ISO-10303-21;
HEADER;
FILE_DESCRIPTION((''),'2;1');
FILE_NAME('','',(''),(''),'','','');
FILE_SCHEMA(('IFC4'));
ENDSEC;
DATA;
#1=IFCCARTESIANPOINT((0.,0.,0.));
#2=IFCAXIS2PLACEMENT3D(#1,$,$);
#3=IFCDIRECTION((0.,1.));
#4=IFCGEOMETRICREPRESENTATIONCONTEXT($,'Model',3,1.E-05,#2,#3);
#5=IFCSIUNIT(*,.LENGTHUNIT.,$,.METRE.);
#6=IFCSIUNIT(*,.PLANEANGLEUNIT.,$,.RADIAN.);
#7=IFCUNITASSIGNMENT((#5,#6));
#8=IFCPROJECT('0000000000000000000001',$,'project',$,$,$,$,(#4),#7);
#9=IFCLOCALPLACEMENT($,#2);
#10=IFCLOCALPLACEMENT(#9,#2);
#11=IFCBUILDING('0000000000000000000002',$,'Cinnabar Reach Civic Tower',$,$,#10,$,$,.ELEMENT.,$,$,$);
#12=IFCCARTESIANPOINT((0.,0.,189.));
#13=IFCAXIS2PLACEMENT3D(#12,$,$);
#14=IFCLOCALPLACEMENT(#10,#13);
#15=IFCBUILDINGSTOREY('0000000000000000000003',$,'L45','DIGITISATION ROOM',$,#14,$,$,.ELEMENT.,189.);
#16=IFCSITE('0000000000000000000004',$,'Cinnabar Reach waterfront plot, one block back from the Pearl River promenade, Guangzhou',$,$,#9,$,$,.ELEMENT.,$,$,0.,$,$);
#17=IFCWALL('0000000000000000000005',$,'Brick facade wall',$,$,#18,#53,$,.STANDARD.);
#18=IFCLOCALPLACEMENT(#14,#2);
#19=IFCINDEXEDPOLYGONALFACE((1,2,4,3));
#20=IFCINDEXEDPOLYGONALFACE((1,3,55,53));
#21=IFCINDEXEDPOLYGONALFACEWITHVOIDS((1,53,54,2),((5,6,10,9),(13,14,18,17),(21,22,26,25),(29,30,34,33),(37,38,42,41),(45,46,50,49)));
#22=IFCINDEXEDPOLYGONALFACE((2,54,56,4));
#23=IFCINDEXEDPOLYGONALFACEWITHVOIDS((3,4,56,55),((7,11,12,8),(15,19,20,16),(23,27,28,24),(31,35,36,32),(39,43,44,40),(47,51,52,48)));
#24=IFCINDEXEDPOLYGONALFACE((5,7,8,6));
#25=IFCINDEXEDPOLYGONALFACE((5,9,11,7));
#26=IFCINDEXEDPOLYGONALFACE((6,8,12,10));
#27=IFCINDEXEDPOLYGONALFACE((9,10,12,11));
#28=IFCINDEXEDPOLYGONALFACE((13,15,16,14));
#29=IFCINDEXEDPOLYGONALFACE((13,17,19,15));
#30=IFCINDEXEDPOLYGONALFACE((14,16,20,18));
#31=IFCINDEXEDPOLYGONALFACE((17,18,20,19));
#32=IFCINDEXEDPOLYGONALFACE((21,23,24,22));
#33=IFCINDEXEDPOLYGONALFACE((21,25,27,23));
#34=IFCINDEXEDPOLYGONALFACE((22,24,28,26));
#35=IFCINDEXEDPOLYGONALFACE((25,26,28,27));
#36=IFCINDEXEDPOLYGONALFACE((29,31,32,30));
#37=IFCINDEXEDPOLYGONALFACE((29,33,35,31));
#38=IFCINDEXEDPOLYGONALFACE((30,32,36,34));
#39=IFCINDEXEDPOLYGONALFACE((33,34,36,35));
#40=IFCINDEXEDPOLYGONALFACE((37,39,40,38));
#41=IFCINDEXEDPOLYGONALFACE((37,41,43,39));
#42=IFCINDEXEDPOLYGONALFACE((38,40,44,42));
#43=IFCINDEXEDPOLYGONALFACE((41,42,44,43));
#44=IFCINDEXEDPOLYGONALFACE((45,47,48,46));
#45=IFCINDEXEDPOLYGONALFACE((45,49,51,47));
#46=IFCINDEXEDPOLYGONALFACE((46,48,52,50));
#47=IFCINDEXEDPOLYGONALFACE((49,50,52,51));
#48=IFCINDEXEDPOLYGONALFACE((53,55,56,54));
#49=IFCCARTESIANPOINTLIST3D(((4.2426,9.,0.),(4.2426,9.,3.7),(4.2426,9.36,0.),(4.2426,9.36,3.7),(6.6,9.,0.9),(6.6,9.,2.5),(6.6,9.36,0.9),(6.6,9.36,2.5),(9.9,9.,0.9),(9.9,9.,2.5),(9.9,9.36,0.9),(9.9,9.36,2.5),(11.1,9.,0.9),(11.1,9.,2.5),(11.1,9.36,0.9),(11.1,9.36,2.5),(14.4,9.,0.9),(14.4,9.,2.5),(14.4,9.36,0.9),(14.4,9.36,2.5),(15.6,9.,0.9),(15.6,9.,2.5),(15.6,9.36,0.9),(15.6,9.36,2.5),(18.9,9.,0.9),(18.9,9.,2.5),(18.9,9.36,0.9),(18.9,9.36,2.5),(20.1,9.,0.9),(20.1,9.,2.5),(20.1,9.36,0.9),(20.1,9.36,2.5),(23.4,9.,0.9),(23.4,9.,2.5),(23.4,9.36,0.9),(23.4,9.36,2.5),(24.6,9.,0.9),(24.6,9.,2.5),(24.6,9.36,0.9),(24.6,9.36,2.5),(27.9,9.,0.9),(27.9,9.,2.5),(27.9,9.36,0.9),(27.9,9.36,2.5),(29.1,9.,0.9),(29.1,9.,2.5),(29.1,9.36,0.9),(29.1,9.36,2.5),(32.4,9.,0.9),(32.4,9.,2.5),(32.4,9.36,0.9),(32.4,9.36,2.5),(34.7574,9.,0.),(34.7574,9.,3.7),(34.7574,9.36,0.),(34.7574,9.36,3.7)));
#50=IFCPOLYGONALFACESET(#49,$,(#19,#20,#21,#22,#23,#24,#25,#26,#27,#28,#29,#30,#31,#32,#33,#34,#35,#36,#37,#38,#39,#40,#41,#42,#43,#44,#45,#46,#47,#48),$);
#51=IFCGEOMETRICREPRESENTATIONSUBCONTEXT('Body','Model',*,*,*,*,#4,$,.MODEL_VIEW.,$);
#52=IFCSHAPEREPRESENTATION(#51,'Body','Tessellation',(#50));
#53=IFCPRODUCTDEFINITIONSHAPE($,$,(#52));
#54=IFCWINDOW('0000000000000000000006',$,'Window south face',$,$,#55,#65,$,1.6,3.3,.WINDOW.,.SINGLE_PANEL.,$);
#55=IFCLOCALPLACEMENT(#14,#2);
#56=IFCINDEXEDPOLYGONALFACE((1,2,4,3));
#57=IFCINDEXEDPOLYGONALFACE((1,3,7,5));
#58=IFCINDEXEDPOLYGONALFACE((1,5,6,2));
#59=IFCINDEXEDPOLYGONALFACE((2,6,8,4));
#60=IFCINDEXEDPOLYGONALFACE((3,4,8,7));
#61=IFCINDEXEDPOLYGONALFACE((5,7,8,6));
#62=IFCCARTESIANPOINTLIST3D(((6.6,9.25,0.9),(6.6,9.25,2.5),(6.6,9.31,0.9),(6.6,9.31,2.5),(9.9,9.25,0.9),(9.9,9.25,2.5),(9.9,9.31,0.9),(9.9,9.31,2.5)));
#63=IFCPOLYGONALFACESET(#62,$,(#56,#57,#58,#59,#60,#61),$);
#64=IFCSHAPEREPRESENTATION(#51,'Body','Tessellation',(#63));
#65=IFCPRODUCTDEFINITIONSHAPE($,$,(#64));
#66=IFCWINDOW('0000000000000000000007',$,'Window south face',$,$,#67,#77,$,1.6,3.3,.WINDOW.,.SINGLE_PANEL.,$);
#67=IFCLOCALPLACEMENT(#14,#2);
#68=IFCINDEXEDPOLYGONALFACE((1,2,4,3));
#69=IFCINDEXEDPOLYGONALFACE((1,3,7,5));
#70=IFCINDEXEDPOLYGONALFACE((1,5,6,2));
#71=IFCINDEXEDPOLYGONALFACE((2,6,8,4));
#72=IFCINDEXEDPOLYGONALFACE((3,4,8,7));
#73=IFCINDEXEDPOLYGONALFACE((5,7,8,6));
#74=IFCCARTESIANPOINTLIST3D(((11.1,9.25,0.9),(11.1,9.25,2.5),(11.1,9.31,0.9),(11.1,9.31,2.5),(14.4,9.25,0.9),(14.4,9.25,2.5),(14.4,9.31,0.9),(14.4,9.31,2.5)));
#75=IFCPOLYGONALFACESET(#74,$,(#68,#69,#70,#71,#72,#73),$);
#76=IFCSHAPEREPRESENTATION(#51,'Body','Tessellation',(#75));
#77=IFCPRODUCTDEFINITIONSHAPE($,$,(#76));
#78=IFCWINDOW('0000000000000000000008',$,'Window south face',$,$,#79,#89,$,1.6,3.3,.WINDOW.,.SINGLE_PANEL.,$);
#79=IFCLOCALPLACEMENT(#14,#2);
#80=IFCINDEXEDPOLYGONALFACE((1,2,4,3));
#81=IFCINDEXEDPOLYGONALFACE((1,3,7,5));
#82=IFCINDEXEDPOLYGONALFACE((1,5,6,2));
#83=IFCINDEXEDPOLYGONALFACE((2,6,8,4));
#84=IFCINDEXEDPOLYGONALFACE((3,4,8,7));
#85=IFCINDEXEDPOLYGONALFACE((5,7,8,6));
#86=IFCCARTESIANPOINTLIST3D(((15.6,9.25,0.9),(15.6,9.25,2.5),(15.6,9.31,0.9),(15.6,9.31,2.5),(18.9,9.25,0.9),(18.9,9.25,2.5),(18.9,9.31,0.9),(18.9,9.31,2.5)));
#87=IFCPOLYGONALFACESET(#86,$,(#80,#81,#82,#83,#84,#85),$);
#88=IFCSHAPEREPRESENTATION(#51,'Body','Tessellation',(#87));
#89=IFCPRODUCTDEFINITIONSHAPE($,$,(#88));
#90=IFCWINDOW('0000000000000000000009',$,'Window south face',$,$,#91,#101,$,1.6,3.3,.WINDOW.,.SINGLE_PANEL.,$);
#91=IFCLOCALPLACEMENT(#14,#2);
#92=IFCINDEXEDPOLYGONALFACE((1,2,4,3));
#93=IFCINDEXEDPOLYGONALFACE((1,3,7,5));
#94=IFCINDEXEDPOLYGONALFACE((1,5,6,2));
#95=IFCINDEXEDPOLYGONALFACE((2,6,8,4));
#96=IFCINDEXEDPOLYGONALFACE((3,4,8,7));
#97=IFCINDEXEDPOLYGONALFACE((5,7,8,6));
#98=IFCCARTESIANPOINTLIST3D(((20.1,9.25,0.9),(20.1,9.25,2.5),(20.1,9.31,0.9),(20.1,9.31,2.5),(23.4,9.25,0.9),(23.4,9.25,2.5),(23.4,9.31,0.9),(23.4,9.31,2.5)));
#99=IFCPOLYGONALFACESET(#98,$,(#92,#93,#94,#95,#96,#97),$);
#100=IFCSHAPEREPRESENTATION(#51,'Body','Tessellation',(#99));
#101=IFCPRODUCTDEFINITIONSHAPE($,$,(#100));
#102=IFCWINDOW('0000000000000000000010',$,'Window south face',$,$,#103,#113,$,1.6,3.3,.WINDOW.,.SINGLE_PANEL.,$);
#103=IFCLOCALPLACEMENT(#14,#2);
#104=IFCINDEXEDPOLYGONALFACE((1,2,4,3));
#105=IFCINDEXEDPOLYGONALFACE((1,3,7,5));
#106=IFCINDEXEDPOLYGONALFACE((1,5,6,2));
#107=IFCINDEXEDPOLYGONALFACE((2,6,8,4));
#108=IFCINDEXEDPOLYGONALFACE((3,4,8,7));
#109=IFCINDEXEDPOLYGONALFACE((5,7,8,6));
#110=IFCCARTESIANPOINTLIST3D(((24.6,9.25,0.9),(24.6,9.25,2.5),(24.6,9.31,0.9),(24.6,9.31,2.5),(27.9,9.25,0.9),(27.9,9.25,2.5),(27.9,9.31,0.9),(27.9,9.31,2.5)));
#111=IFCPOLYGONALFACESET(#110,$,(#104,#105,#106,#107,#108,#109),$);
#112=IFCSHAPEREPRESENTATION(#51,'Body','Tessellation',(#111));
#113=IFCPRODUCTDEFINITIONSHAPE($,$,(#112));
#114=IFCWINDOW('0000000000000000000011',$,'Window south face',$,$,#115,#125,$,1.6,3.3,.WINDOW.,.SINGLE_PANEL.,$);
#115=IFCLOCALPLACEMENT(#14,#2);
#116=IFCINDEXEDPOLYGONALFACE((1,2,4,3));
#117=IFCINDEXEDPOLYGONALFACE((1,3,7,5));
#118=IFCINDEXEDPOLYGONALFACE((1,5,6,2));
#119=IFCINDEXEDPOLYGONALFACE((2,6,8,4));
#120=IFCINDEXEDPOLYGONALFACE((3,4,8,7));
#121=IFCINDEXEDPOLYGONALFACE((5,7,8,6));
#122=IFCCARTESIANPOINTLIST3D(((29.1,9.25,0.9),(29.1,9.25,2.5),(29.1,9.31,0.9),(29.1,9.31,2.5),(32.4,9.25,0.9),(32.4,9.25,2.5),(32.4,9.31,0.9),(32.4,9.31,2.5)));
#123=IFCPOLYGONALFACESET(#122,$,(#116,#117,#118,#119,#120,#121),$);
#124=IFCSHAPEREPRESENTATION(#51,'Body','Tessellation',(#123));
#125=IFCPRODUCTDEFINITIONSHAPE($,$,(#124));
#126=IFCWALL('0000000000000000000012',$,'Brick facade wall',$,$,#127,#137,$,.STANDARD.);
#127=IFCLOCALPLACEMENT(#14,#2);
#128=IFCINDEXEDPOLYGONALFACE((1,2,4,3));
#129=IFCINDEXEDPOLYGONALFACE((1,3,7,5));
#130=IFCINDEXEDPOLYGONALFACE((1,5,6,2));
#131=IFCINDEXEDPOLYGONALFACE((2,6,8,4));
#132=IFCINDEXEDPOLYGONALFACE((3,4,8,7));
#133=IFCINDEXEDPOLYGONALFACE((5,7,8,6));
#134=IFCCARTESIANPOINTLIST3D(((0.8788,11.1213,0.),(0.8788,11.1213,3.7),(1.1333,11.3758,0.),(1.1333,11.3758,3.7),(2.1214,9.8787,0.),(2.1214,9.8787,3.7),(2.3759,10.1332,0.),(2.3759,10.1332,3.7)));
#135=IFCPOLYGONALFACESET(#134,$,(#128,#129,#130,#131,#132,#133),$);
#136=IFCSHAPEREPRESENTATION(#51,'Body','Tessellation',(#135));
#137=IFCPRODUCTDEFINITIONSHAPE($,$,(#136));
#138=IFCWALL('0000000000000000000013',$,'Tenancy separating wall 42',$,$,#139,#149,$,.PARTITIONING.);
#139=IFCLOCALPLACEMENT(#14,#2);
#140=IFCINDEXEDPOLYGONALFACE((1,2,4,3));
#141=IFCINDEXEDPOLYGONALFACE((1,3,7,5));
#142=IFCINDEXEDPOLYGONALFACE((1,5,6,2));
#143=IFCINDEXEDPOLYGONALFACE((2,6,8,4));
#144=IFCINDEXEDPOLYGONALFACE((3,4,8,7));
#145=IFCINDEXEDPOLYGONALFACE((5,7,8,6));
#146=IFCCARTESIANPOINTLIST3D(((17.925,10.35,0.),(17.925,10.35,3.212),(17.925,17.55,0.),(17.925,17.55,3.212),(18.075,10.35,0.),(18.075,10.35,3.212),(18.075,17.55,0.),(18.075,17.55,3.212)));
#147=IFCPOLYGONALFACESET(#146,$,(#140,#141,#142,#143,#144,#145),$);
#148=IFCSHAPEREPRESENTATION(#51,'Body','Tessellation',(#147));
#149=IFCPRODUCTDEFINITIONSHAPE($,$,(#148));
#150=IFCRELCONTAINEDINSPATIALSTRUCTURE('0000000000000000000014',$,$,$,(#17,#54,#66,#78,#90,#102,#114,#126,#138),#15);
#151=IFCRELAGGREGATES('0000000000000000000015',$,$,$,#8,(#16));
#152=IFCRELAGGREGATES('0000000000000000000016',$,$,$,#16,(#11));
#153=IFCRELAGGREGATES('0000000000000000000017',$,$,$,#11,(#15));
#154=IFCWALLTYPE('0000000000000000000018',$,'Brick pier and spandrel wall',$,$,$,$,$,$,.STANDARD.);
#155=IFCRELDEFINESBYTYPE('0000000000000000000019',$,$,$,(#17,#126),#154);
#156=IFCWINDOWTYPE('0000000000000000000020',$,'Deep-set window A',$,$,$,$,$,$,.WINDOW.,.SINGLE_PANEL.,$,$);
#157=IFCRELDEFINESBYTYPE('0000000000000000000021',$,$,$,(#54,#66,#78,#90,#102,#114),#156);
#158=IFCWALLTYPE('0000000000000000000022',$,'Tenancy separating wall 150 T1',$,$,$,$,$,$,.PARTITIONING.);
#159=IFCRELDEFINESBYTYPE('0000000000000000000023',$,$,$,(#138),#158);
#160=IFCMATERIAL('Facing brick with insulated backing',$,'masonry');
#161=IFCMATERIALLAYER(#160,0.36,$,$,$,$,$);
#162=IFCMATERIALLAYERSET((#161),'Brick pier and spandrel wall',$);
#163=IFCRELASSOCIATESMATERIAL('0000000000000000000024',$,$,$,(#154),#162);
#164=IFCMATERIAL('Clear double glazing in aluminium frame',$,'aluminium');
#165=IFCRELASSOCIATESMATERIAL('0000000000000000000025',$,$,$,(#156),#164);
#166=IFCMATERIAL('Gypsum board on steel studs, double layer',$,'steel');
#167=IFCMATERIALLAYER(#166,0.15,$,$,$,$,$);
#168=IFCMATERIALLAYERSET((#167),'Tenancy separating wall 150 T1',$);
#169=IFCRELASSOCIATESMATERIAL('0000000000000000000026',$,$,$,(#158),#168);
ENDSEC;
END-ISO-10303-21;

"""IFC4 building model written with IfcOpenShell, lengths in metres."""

from ifc_helpers import new_model, si_unit, direction, frame, frame_2d, origin, place, context, subcontext, project, spatial, rectangle, extrude, material, layer, layer_set, type_object, element, fill, save


model = new_model("IFC4")

# Units and contexts
model_context = context("Model", 3, precision=1e-05, world=origin(), true_north=direction((0.0, 1.0)))
body_context = subcontext(model_context, "Body", "Model", "MODEL_VIEW")
ifc_project = project(units=[si_unit("LENGTHUNIT", "METRE"), si_unit("PLANEANGLEUNIT", "RADIAN")], contexts=[model_context])

# Site, building, storey
site_placement = place(None, origin())
site = spatial("IfcSite", under=ifc_project, at=site_placement, Name="Cinnabar Reach waterfront plot, one block back from the Pearl River promenade, Guangzhou", CompositionType="ELEMENT", RefElevation=0.0)
building_placement = place(site_placement, origin())
building = spatial("IfcBuilding", under=site, at=building_placement, Name="Cinnabar Reach Civic Tower", CompositionType="ELEMENT")
storey_placement = place(building_placement, frame((0.0, 0.0, 189.0)))
storey = spatial("IfcBuildingStorey", under=building, at=storey_placement, Name="L45", Description="DIGITISATION ROOM", CompositionType="ELEMENT", Elevation=189.0)

# Shared definitions
ifc_material_1 = material(Name="Facing brick with insulated backing", Category="masonry")

# Wall, openings, windows
ifc_layer_1 = layer(ifc_material_1, 0.36)
ifc_layer_set_1 = layer_set([ifc_layer_1], Name="Brick pier and spandrel wall")
wall_type_1 = type_object("IfcWallType", Name="Brick pier and spandrel wall", PredefinedType="STANDARD", material=ifc_layer_set_1)
wall_1_placement = place(storey_placement, frame((4.2426, 9.18, 0.0), z_axis=(0.0, 0.0, 1.0), x_axis=(1.0, 0.0, 0.0)))
wall_1 = element("IfcWall", 1, at=wall_1_placement, inside=storey, type_object=wall_type_1, Name="Brick facade wall", PredefinedType="STANDARD", context=body_context, shape_type="SweptSolid", body=[
    extrude(rectangle(XDim=30.5148, YDim=0.36, at=frame_2d((15.2574, 0.0))), origin(), (0.0, 0.0, 1.0), 3.7),
])
opening_1_placement = place(wall_1_placement, frame((2.3574, 0.0, 0.9)))
opening_1 = element("IfcOpeningElement", 2, at=opening_1_placement, cuts=wall_1, PredefinedType="OPENING", context=body_context, shape_type="SweptSolid", body=[
    extrude(rectangle(XDim=3.3, YDim=1.6, at=frame_2d((1.65, 0.8))), frame((0.0, 0.19, 0.0), z_axis=(0.0, -1.0, 0.0), x_axis=(1.0, 0.0, 0.0)), (0.0, 0.0, 1.0), 0.38),
])
opening_2_placement = place(wall_1_placement, frame((6.8574, 0.0, 0.9)))
opening_2 = element("IfcOpeningElement", 3, at=opening_2_placement, cuts=wall_1, PredefinedType="OPENING", context=body_context, shape_type="SweptSolid", body=[
    extrude(rectangle(XDim=3.3, YDim=1.6, at=frame_2d((1.65, 0.8))), frame((0.0, 0.19, 0.0), z_axis=(0.0, -1.0, 0.0), x_axis=(1.0, 0.0, 0.0)), (0.0, 0.0, 1.0), 0.38),
])
opening_3_placement = place(wall_1_placement, frame((11.3574, 0.0, 0.9)))
opening_3 = element("IfcOpeningElement", 4, at=opening_3_placement, cuts=wall_1, PredefinedType="OPENING", context=body_context, shape_type="SweptSolid", body=[
    extrude(rectangle(XDim=3.3, YDim=1.6, at=frame_2d((1.65, 0.8))), frame((0.0, 0.19, 0.0), z_axis=(0.0, -1.0, 0.0), x_axis=(1.0, 0.0, 0.0)), (0.0, 0.0, 1.0), 0.38),
])
opening_4_placement = place(wall_1_placement, frame((15.8574, 0.0, 0.9)))
opening_4 = element("IfcOpeningElement", 5, at=opening_4_placement, cuts=wall_1, PredefinedType="OPENING", context=body_context, shape_type="SweptSolid", body=[
    extrude(rectangle(XDim=3.3, YDim=1.6, at=frame_2d((1.65, 0.8))), frame((0.0, 0.19, 0.0), z_axis=(0.0, -1.0, 0.0), x_axis=(1.0, 0.0, 0.0)), (0.0, 0.0, 1.0), 0.38),
])
opening_5_placement = place(wall_1_placement, frame((20.3574, 0.0, 0.9)))
opening_5 = element("IfcOpeningElement", 6, at=opening_5_placement, cuts=wall_1, PredefinedType="OPENING", context=body_context, shape_type="SweptSolid", body=[
    extrude(rectangle(XDim=3.3, YDim=1.6, at=frame_2d((1.65, 0.8))), frame((0.0, 0.19, 0.0), z_axis=(0.0, -1.0, 0.0), x_axis=(1.0, 0.0, 0.0)), (0.0, 0.0, 1.0), 0.38),
])
opening_6_placement = place(wall_1_placement, frame((24.8574, 0.0, 0.9)))
opening_6 = element("IfcOpeningElement", 7, at=opening_6_placement, cuts=wall_1, PredefinedType="OPENING", context=body_context, shape_type="SweptSolid", body=[
    extrude(rectangle(XDim=3.3, YDim=1.6, at=frame_2d((1.65, 0.8))), frame((0.0, 0.19, 0.0), z_axis=(0.0, -1.0, 0.0), x_axis=(1.0, 0.0, 0.0)), (0.0, 0.0, 1.0), 0.38),
])
ifc_material_2 = material(Name="Clear double glazing in aluminium frame", Category="aluminium")
window_type = type_object("IfcWindowType", Name="Deep-set window A", PartitioningType="SINGLE_PANEL", PredefinedType="WINDOW", material=ifc_material_2)
window_1_placement = place(opening_1_placement, origin())
window_1 = element("IfcWindow", 8, at=window_1_placement, inside=storey, type_object=window_type, Name="Window south face", OverallHeight=1.6, OverallWidth=3.3, PartitioningType="SINGLE_PANEL", PredefinedType="WINDOW", context=body_context, shape_type="SweptSolid", body=[
    extrude(rectangle(XDim=3.3, YDim=1.6, at=frame_2d((1.65, 0.8))), frame((0.0, 0.13, 0.0), z_axis=(0.0, -1.0, 0.0), x_axis=(1.0, 0.0, 0.0)), (0.0, 0.0, 1.0), 0.06),
])
fill(opening_1, window_1)
window_2_placement = place(opening_2_placement, origin())
window_2 = element("IfcWindow", 9, at=window_2_placement, inside=storey, type_object=window_type, Name="Window south face", OverallHeight=1.6, OverallWidth=3.3, PartitioningType="SINGLE_PANEL", PredefinedType="WINDOW", context=body_context, shape_type="SweptSolid", body=[
    extrude(rectangle(XDim=3.3, YDim=1.6, at=frame_2d((1.65, 0.8))), frame((0.0, 0.13, 0.0), z_axis=(0.0, -1.0, 0.0), x_axis=(1.0, 0.0, 0.0)), (0.0, 0.0, 1.0), 0.06),
])
fill(opening_2, window_2)
window_3_placement = place(opening_3_placement, origin())
window_3 = element("IfcWindow", 10, at=window_3_placement, inside=storey, type_object=window_type, Name="Window south face", OverallHeight=1.6, OverallWidth=3.3, PartitioningType="SINGLE_PANEL", PredefinedType="WINDOW", context=body_context, shape_type="SweptSolid", body=[
    extrude(rectangle(XDim=3.3, YDim=1.6, at=frame_2d((1.65, 0.8))), frame((0.0, 0.13, 0.0), z_axis=(0.0, -1.0, 0.0), x_axis=(1.0, 0.0, 0.0)), (0.0, 0.0, 1.0), 0.06),
])
fill(opening_3, window_3)
window_4_placement = place(opening_4_placement, origin())
window_4 = element("IfcWindow", 11, at=window_4_placement, inside=storey, type_object=window_type, Name="Window south face", OverallHeight=1.6, OverallWidth=3.3, PartitioningType="SINGLE_PANEL", PredefinedType="WINDOW", context=body_context, shape_type="SweptSolid", body=[
    extrude(rectangle(XDim=3.3, YDim=1.6, at=frame_2d((1.65, 0.8))), frame((0.0, 0.13, 0.0), z_axis=(0.0, -1.0, 0.0), x_axis=(1.0, 0.0, 0.0)), (0.0, 0.0, 1.0), 0.06),
])
fill(opening_4, window_4)
window_5_placement = place(opening_5_placement, origin())
window_5 = element("IfcWindow", 12, at=window_5_placement, inside=storey, type_object=window_type, Name="Window south face", OverallHeight=1.6, OverallWidth=3.3, PartitioningType="SINGLE_PANEL", PredefinedType="WINDOW", context=body_context, shape_type="SweptSolid", body=[
    extrude(rectangle(XDim=3.3, YDim=1.6, at=frame_2d((1.65, 0.8))), frame((0.0, 0.13, 0.0), z_axis=(0.0, -1.0, 0.0), x_axis=(1.0, 0.0, 0.0)), (0.0, 0.0, 1.0), 0.06),
])
fill(opening_5, window_5)
window_6_placement = place(opening_6_placement, origin())
window_6 = element("IfcWindow", 13, at=window_6_placement, inside=storey, type_object=window_type, Name="Window south face", OverallHeight=1.6, OverallWidth=3.3, PartitioningType="SINGLE_PANEL", PredefinedType="WINDOW", context=body_context, shape_type="SweptSolid", body=[
    extrude(rectangle(XDim=3.3, YDim=1.6, at=frame_2d((1.65, 0.8))), frame((0.0, 0.13, 0.0), z_axis=(0.0, -1.0, 0.0), x_axis=(1.0, 0.0, 0.0)), (0.0, 0.0, 1.0), 0.06),
])
fill(opening_6, window_6)

# Walls
wall_2_placement = place(storey_placement, frame((1.006, 11.2486, 0.0), z_axis=(0.0, 0.0, 1.0), x_axis=(0.707107, -0.707107, 0.0)))
element("IfcWall", 14, at=wall_2_placement, inside=storey, type_object=wall_type_1, Name="Brick facade wall", PredefinedType="STANDARD", context=body_context, shape_type="SweptSolid", body=[
    extrude(rectangle(XDim=1.7573, YDim=0.36, at=frame_2d((0.8787, 0.0))), origin(), (0.0, 0.0, 1.0), 3.7),
])
ifc_material_3 = material(Name="Gypsum board on steel studs, double layer", Category="steel")
ifc_layer_2 = layer(ifc_material_3, 0.15)
ifc_layer_set_2 = layer_set([ifc_layer_2], Name="Tenancy separating wall 150 T1")
wall_type_2 = type_object("IfcWallType", Name="Tenancy separating wall 150 T1", PredefinedType="PARTITIONING", material=ifc_layer_set_2)
wall_3_placement = place(storey_placement, frame((18.0, 10.35, 0.0), z_axis=(0.0, 0.0, 1.0), x_axis=(0.0, 1.0, 0.0)))
element("IfcWall", 15, at=wall_3_placement, inside=storey, type_object=wall_type_2, Name="Tenancy separating wall 42", PredefinedType="PARTITIONING", context=body_context, shape_type="SweptSolid", body=[
    extrude(rectangle(XDim=7.2, YDim=0.15, at=frame_2d((3.6, 0.0))), origin(), (0.0, 0.0, 1.0), 3.212),
])

save(model, "model.ifc")
